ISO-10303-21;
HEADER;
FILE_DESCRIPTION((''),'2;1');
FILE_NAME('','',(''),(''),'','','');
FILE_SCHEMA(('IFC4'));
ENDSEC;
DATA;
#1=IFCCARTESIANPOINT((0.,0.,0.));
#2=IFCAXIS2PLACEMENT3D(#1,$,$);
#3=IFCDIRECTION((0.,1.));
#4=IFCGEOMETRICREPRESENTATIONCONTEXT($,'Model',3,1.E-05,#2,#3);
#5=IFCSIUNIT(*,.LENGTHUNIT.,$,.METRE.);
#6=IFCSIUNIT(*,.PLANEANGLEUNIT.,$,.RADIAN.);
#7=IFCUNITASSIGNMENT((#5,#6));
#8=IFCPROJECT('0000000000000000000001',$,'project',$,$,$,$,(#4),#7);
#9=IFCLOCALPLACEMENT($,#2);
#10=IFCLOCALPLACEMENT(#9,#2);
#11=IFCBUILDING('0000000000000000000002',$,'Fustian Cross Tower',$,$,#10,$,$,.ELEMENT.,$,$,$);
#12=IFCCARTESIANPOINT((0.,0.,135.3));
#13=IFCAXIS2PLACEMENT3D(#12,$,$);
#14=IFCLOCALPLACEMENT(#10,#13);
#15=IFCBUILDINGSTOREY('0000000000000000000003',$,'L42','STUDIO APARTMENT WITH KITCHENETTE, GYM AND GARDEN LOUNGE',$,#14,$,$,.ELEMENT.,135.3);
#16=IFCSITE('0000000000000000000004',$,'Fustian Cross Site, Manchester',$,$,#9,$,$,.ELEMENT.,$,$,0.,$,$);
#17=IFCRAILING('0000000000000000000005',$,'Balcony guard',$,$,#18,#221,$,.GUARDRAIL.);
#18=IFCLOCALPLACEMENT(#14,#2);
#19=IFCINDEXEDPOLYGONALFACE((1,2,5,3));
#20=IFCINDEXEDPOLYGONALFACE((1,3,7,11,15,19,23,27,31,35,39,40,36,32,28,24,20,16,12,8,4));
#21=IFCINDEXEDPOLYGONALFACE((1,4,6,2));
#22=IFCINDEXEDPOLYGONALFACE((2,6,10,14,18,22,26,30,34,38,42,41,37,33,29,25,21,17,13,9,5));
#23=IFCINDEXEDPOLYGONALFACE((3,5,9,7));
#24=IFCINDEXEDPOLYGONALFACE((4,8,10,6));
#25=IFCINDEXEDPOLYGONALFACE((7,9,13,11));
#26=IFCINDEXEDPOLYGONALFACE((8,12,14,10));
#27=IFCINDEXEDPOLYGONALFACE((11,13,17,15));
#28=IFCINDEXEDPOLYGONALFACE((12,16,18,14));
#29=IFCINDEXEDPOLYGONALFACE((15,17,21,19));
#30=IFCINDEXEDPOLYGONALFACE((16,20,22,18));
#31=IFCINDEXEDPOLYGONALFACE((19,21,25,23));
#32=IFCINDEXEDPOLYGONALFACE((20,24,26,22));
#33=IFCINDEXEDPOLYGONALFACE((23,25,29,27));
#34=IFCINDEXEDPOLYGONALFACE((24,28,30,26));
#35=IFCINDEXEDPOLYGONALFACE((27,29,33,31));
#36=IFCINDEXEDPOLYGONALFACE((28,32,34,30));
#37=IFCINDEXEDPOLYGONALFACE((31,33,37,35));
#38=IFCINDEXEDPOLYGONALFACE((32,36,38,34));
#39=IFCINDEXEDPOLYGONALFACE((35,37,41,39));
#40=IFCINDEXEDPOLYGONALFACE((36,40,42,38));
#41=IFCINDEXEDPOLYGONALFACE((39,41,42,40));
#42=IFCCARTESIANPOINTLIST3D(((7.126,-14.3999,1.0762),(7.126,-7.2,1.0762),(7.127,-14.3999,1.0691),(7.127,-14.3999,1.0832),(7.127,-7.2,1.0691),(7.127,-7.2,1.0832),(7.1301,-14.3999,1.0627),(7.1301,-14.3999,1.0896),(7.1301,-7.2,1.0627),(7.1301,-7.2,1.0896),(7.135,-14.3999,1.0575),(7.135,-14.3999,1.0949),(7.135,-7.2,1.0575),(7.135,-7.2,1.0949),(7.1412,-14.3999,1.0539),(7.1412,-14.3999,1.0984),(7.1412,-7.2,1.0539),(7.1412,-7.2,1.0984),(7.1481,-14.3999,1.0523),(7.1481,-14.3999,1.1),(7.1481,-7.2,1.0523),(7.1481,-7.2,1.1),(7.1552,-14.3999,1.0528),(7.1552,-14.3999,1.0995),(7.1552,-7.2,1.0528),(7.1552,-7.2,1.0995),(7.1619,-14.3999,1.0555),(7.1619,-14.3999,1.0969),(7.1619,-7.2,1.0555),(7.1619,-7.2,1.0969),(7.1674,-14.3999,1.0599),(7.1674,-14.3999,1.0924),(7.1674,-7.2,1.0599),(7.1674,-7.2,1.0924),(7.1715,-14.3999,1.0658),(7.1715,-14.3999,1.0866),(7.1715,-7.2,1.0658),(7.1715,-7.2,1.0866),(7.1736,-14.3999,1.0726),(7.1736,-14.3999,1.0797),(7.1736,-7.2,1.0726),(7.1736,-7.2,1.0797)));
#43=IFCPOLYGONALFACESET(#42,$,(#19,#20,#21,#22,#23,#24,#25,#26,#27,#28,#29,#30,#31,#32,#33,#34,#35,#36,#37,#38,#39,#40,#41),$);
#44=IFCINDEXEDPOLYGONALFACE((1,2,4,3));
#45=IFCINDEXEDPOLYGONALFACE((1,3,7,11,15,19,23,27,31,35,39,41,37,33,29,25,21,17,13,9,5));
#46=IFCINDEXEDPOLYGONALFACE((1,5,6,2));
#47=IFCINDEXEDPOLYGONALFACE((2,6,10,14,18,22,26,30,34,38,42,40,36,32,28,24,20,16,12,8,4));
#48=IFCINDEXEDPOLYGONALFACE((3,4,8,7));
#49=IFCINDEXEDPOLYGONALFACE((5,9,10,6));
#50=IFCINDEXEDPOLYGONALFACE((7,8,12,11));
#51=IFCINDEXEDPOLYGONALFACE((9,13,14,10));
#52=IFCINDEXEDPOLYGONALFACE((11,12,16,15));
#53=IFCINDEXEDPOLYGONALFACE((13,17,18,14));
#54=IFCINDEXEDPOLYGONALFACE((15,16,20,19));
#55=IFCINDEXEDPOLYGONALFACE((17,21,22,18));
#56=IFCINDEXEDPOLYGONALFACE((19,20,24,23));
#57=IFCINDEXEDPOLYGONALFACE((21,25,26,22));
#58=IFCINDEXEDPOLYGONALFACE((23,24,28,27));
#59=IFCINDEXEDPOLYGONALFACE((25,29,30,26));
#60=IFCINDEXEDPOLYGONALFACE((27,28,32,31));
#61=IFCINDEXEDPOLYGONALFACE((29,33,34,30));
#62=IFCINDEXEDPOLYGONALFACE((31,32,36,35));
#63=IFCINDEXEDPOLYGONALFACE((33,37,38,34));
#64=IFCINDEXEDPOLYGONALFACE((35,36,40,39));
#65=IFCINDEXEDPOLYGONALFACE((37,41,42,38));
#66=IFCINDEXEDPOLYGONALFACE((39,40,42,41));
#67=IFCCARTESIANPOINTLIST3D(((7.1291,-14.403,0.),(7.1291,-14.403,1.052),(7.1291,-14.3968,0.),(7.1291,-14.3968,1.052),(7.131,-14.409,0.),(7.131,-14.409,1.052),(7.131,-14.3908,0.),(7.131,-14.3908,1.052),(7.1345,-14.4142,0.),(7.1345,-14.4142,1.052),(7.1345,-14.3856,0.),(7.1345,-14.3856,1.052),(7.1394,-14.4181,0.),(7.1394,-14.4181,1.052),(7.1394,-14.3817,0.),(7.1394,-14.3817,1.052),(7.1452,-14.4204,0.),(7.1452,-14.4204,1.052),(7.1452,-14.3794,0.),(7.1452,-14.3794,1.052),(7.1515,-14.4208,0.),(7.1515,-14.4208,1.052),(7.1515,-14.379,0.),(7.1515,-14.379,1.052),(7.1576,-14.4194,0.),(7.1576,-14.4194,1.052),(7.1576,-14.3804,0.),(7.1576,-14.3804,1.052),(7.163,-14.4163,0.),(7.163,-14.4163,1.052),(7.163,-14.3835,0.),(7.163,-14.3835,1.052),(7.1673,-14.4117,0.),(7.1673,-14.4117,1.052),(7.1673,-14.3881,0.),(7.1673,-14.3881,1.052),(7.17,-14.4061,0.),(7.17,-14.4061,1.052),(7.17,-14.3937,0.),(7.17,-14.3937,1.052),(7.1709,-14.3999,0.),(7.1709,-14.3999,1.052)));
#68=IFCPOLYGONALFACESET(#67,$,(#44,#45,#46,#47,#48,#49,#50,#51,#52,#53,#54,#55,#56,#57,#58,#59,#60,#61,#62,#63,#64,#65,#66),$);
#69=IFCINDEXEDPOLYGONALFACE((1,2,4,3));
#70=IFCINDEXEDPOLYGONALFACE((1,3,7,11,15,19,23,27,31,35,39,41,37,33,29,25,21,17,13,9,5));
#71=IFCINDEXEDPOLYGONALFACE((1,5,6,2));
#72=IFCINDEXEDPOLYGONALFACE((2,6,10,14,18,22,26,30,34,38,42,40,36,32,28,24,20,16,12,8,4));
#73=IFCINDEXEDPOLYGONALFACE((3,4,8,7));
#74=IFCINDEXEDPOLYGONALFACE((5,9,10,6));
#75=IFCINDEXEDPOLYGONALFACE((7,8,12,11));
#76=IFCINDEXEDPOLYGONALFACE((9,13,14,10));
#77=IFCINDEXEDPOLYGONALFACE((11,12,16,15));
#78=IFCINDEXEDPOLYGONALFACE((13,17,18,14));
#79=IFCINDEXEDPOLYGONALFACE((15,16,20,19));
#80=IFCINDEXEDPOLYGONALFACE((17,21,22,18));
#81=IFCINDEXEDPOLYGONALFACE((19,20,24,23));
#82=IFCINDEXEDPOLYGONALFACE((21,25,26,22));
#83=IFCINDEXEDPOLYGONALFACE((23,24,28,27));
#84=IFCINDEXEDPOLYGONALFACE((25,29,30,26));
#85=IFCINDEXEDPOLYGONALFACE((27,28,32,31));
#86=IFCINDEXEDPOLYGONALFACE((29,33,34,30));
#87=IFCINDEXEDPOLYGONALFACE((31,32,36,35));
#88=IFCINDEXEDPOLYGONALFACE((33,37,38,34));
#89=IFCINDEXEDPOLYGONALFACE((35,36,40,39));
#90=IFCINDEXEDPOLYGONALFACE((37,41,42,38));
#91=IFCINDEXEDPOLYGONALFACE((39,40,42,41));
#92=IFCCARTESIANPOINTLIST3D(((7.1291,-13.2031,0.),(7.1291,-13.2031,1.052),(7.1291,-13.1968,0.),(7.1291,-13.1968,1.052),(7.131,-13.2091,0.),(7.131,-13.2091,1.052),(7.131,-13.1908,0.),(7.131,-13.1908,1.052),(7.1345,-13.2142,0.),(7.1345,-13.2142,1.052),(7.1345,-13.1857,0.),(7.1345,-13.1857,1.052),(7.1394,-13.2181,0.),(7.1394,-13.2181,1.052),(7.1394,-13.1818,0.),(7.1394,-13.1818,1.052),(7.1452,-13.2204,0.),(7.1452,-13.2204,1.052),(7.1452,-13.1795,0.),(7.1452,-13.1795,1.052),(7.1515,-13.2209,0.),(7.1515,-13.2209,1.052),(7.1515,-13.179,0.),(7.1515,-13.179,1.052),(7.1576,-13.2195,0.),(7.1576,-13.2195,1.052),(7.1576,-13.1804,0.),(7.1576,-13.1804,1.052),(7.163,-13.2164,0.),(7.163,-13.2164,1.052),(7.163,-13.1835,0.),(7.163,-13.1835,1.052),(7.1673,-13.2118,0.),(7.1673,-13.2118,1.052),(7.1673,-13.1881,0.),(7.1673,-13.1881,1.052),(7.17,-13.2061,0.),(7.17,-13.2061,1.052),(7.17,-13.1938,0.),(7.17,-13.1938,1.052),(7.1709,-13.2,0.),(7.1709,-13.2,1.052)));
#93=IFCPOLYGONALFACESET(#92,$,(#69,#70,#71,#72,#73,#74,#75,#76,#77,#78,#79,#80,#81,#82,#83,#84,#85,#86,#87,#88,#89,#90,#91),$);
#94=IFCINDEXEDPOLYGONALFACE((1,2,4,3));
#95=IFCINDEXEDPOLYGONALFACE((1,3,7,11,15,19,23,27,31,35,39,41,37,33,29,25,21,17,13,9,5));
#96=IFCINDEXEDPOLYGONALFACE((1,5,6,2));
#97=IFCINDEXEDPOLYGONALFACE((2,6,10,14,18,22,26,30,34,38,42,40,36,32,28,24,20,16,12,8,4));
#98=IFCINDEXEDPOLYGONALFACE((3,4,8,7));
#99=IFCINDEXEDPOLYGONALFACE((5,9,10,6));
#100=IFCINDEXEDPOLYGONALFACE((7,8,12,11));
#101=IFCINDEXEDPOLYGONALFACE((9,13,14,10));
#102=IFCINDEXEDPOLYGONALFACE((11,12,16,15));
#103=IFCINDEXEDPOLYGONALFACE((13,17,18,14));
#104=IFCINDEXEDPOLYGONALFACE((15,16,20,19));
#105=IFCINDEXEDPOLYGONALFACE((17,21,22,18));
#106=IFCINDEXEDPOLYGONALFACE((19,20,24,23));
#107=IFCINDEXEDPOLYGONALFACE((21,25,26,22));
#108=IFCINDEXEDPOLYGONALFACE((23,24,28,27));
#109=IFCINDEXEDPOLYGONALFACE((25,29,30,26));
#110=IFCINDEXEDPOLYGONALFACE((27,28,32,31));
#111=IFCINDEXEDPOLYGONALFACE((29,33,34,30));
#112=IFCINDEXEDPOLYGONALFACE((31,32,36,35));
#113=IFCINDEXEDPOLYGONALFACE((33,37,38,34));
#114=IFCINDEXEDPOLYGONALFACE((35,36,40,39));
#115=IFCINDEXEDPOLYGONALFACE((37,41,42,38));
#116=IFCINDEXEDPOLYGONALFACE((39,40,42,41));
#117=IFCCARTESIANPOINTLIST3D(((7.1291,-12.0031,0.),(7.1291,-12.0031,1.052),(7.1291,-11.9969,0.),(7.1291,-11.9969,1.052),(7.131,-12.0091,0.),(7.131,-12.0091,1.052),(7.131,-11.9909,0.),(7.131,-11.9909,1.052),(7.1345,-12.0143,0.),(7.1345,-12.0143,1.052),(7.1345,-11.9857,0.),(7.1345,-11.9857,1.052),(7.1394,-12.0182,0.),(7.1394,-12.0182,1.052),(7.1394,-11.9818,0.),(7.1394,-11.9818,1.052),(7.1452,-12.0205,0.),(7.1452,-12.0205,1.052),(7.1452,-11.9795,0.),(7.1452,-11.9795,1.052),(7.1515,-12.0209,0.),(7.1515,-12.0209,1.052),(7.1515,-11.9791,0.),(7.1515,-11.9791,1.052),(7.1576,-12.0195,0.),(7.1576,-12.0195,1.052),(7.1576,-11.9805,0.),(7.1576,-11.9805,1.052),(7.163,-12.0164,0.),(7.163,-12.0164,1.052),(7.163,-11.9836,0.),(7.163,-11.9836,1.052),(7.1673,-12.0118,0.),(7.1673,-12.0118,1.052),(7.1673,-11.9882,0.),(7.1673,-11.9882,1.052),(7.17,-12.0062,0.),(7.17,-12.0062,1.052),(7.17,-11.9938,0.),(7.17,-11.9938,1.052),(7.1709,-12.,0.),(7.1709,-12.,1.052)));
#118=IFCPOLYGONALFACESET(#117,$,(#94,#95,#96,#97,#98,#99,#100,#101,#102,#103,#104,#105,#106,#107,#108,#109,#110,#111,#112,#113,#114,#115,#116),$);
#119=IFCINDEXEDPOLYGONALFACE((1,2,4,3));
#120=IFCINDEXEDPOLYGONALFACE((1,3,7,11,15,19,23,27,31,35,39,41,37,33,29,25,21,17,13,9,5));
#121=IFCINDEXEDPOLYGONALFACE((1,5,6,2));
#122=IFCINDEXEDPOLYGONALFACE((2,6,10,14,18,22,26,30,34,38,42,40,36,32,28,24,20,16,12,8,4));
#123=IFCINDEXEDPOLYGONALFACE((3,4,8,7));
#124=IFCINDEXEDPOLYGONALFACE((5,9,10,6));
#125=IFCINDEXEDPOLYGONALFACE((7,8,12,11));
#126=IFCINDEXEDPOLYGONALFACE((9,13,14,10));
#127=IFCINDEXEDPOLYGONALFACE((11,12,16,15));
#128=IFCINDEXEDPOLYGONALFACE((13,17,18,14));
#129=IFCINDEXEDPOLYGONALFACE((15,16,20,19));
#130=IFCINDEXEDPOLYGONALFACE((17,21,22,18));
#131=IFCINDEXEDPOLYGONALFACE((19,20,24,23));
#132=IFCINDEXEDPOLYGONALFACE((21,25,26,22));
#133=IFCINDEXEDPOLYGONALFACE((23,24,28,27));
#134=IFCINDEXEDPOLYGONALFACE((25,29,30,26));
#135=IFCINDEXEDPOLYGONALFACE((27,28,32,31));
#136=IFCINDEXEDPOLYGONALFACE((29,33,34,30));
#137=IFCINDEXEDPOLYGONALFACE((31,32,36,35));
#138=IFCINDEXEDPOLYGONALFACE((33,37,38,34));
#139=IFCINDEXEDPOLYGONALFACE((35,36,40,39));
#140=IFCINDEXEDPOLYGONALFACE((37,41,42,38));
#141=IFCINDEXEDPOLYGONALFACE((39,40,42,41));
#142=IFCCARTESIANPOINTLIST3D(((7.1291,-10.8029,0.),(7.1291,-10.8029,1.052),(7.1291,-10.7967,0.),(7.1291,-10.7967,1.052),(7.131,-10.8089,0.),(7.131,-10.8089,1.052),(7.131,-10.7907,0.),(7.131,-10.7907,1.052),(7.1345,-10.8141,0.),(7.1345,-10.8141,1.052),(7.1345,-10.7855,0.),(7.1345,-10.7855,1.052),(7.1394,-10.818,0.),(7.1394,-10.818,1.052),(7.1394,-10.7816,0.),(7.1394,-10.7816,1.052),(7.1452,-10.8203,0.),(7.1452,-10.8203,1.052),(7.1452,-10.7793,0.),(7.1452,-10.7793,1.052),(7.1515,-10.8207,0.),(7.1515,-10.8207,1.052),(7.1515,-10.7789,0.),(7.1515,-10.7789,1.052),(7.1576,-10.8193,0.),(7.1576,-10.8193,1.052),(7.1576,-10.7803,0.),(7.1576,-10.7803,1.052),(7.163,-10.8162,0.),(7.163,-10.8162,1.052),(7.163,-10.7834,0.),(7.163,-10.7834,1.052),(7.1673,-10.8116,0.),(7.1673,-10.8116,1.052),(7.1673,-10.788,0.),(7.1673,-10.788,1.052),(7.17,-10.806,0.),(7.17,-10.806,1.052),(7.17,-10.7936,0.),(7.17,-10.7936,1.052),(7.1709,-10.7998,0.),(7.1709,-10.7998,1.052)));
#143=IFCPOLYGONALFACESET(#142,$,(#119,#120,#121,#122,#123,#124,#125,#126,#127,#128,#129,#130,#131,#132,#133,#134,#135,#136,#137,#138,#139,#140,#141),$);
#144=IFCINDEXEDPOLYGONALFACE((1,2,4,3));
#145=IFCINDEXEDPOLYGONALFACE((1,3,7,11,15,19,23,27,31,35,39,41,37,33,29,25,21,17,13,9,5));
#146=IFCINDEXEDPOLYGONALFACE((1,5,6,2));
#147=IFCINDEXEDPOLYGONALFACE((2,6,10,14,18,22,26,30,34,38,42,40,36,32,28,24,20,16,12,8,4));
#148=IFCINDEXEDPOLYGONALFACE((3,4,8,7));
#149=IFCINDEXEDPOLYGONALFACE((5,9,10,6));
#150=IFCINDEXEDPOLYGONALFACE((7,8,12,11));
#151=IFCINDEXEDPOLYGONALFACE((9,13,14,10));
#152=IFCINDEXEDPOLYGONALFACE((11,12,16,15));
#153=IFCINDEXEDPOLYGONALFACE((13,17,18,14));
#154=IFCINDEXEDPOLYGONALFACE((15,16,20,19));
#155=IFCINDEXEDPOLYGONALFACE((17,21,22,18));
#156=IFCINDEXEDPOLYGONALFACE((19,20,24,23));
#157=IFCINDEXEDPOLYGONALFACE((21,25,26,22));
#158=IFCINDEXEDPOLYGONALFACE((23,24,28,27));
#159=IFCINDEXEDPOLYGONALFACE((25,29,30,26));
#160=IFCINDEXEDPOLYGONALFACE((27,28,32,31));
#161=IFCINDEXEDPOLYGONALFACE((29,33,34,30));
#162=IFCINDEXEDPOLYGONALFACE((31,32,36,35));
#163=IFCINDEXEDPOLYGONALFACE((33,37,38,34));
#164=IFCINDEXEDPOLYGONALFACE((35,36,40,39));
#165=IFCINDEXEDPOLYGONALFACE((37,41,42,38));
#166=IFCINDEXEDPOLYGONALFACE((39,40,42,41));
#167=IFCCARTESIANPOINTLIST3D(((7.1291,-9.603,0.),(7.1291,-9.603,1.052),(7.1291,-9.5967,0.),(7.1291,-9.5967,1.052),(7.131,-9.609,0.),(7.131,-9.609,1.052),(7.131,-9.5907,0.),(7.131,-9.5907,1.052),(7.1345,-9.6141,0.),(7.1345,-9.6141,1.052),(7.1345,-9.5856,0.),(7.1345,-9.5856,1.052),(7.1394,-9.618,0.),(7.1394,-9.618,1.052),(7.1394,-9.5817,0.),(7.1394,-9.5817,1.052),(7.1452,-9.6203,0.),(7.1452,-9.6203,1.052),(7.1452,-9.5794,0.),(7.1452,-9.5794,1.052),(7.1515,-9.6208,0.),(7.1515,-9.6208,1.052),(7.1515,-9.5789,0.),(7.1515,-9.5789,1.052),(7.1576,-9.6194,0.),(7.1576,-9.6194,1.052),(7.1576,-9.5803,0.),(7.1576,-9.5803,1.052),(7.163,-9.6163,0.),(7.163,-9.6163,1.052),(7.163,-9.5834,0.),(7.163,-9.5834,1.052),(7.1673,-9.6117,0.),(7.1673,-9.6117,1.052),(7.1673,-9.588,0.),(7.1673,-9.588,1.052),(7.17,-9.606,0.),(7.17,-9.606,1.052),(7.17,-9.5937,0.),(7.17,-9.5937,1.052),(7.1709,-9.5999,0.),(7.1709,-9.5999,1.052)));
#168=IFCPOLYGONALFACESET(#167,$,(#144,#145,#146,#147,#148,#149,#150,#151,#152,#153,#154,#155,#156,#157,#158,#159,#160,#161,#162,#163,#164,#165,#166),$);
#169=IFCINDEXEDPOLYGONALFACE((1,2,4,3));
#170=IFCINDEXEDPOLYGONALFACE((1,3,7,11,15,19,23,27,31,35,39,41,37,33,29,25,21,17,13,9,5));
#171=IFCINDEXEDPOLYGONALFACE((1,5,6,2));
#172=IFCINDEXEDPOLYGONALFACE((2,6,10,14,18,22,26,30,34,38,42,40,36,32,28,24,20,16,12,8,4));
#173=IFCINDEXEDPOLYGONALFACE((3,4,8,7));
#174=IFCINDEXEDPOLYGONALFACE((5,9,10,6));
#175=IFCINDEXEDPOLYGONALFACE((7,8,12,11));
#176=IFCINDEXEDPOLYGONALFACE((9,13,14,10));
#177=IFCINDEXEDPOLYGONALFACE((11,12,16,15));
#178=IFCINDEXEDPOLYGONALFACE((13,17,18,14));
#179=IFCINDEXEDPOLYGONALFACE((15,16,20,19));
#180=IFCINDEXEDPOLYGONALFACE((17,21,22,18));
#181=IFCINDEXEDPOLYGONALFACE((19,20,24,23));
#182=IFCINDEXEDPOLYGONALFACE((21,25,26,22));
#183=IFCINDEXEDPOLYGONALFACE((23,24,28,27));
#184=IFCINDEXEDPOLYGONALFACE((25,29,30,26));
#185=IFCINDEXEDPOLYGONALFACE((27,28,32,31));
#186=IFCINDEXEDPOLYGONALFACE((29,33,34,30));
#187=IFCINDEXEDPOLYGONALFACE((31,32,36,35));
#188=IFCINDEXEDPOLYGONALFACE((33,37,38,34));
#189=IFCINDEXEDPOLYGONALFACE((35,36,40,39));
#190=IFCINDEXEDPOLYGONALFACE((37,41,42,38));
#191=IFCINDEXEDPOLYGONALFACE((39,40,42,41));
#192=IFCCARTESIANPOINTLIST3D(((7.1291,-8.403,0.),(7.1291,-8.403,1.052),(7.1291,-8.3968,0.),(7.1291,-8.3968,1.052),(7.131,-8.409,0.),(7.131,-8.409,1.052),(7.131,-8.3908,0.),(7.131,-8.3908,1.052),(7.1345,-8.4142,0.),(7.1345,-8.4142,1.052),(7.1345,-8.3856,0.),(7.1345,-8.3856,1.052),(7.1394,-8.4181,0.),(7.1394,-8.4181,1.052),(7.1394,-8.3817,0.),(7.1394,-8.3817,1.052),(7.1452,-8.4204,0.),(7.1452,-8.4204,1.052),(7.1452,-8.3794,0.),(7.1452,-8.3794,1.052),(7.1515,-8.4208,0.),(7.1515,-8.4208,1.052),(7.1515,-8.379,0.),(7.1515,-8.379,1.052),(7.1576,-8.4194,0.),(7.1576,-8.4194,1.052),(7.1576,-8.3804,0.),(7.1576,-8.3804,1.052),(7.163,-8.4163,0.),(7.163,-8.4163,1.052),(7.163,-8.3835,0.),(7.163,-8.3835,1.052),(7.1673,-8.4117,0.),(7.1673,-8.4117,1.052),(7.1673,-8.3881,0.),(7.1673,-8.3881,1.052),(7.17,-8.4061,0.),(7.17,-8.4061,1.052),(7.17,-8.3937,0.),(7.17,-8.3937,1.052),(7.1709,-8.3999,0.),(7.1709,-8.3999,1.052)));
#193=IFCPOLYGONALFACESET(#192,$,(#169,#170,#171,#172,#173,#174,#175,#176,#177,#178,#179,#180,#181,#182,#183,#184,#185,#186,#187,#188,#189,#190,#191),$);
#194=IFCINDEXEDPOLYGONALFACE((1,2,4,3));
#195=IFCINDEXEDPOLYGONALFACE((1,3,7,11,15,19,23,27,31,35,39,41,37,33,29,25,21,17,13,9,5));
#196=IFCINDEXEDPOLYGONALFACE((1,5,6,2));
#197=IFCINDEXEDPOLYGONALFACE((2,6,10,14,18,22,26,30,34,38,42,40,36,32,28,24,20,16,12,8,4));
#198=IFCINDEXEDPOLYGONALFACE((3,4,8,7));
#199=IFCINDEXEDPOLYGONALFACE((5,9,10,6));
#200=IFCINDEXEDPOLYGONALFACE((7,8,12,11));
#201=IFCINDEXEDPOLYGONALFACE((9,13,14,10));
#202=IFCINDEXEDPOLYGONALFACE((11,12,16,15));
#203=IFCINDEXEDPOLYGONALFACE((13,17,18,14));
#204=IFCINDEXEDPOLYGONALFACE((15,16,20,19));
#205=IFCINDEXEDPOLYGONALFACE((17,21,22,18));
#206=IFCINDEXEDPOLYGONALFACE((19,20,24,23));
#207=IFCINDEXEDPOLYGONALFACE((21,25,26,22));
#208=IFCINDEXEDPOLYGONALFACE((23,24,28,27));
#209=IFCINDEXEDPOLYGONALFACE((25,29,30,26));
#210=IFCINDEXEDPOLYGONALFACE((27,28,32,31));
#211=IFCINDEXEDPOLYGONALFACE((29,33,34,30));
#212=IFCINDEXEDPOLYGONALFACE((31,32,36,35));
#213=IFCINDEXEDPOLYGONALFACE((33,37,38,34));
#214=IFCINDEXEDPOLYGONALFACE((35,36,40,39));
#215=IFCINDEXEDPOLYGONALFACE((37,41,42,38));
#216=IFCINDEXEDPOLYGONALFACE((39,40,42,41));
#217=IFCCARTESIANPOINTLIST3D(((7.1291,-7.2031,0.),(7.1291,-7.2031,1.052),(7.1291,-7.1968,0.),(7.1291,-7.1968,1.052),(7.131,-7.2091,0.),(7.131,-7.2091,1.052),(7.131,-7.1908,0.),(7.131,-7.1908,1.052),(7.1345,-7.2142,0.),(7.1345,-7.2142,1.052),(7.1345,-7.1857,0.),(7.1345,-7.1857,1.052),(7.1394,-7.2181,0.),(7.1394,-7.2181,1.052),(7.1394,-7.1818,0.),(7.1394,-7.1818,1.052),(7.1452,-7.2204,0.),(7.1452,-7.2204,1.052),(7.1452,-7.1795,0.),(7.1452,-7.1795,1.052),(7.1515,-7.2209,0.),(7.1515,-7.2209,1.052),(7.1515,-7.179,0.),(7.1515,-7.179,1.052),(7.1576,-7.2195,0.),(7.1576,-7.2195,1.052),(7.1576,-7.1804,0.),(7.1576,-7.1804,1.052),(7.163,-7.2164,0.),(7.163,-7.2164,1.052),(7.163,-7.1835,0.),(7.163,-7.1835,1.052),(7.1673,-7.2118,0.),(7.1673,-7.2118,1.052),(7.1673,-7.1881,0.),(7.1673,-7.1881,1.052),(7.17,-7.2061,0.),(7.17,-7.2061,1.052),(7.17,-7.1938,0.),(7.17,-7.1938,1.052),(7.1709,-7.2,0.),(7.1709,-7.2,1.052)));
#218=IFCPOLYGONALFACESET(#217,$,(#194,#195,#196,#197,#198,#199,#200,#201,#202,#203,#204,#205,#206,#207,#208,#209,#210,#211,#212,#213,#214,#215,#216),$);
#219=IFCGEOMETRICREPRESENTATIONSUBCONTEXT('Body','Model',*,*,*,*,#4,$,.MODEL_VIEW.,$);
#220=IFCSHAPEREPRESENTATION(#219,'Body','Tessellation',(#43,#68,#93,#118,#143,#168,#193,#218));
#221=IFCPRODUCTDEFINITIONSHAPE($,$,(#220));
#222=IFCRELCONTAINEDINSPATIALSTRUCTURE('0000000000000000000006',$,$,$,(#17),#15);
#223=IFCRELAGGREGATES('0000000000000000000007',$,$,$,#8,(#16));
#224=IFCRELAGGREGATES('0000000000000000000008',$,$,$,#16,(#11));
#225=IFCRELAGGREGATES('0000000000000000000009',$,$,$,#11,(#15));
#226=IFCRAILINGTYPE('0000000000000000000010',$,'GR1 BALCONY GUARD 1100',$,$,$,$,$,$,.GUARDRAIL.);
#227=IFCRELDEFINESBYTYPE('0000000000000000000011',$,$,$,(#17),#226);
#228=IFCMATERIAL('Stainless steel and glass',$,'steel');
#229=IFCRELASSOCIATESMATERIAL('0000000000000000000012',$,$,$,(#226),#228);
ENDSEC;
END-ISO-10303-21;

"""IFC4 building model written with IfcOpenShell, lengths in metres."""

from ifc_helpers import new_model, si_unit, direction, frame, origin, origin_2d, place, context, subcontext, project, spatial, circle, extrude, material, type_object, element, save


model = new_model("IFC4")

# Units and contexts
model_context = context("Model", 3, precision=1e-05, world=origin(), true_north=direction((0.0, 1.0)))
body_context = subcontext(model_context, "Body", "Model", "MODEL_VIEW")
ifc_project = project(units=[si_unit("LENGTHUNIT", "METRE"), si_unit("PLANEANGLEUNIT", "RADIAN")], contexts=[model_context])

# Site, building, storey
site_placement = place(None, origin())
site = spatial("IfcSite", under=ifc_project, at=site_placement, Name="Fustian Cross Site, Manchester", CompositionType="ELEMENT", RefElevation=0.0)
building_placement = place(site_placement, origin())
building = spatial("IfcBuilding", under=site, at=building_placement, Name="Fustian Cross Tower", CompositionType="ELEMENT")
storey_placement = place(building_placement, frame((0.0, 0.0, 135.3)))
storey = spatial("IfcBuildingStorey", under=building, at=storey_placement, Name="L42", Description="STUDIO APARTMENT WITH KITCHENETTE, GYM AND GARDEN LOUNGE", CompositionType="ELEMENT", Elevation=135.3)

# Railing
ifc_material_1 = material(Name="Stainless steel and glass", Category="steel")
railing_type = type_object("IfcRailingType", Name="GR1 BALCONY GUARD 1100", PredefinedType="GUARDRAIL", material=ifc_material_1)
railing_placement = place(storey_placement, frame((7.1499, -14.3999, 0.0)))
element("IfcRailing", 1, at=railing_placement, inside=storey, type_object=railing_type, Name="Balcony guard", PredefinedType="GUARDRAIL", context=body_context, shape_type="SweptSolid", body=[
    extrude(circle(Radius=0.0239, at=origin_2d()), frame((0.0, 0.0, 1.0762), z_axis=(0.0, 1.0, 0.0), x_axis=(-1.0, 0.0, 0.0)), (0.0, 0.0, 1.0), 7.2),
    extrude(circle(Radius=0.021, at=origin_2d()), origin(), (0.0, 0.0, 1.0), 1.052),
    extrude(circle(Radius=0.021, at=origin_2d()), frame((0.0, 1.2, 0.0)), (0.0, 0.0, 1.0), 1.052),
    extrude(circle(Radius=0.021, at=origin_2d()), frame((0.0, 2.3999, 0.0)), (0.0, 0.0, 1.0), 1.052),
    extrude(circle(Radius=0.021, at=origin_2d()), frame((0.0, 3.6001, 0.0)), (0.0, 0.0, 1.0), 1.052),
    extrude(circle(Radius=0.021, at=origin_2d()), frame((0.0, 4.8, 0.0)), (0.0, 0.0, 1.0), 1.052),
    extrude(circle(Radius=0.021, at=origin_2d()), frame((0.0, 6.0, 0.0)), (0.0, 0.0, 1.0), 1.052),
    extrude(circle(Radius=0.021, at=origin_2d()), frame((0.0, 7.2, 0.0)), (0.0, 0.0, 1.0), 1.052),
])

save(model, "model.ifc")
